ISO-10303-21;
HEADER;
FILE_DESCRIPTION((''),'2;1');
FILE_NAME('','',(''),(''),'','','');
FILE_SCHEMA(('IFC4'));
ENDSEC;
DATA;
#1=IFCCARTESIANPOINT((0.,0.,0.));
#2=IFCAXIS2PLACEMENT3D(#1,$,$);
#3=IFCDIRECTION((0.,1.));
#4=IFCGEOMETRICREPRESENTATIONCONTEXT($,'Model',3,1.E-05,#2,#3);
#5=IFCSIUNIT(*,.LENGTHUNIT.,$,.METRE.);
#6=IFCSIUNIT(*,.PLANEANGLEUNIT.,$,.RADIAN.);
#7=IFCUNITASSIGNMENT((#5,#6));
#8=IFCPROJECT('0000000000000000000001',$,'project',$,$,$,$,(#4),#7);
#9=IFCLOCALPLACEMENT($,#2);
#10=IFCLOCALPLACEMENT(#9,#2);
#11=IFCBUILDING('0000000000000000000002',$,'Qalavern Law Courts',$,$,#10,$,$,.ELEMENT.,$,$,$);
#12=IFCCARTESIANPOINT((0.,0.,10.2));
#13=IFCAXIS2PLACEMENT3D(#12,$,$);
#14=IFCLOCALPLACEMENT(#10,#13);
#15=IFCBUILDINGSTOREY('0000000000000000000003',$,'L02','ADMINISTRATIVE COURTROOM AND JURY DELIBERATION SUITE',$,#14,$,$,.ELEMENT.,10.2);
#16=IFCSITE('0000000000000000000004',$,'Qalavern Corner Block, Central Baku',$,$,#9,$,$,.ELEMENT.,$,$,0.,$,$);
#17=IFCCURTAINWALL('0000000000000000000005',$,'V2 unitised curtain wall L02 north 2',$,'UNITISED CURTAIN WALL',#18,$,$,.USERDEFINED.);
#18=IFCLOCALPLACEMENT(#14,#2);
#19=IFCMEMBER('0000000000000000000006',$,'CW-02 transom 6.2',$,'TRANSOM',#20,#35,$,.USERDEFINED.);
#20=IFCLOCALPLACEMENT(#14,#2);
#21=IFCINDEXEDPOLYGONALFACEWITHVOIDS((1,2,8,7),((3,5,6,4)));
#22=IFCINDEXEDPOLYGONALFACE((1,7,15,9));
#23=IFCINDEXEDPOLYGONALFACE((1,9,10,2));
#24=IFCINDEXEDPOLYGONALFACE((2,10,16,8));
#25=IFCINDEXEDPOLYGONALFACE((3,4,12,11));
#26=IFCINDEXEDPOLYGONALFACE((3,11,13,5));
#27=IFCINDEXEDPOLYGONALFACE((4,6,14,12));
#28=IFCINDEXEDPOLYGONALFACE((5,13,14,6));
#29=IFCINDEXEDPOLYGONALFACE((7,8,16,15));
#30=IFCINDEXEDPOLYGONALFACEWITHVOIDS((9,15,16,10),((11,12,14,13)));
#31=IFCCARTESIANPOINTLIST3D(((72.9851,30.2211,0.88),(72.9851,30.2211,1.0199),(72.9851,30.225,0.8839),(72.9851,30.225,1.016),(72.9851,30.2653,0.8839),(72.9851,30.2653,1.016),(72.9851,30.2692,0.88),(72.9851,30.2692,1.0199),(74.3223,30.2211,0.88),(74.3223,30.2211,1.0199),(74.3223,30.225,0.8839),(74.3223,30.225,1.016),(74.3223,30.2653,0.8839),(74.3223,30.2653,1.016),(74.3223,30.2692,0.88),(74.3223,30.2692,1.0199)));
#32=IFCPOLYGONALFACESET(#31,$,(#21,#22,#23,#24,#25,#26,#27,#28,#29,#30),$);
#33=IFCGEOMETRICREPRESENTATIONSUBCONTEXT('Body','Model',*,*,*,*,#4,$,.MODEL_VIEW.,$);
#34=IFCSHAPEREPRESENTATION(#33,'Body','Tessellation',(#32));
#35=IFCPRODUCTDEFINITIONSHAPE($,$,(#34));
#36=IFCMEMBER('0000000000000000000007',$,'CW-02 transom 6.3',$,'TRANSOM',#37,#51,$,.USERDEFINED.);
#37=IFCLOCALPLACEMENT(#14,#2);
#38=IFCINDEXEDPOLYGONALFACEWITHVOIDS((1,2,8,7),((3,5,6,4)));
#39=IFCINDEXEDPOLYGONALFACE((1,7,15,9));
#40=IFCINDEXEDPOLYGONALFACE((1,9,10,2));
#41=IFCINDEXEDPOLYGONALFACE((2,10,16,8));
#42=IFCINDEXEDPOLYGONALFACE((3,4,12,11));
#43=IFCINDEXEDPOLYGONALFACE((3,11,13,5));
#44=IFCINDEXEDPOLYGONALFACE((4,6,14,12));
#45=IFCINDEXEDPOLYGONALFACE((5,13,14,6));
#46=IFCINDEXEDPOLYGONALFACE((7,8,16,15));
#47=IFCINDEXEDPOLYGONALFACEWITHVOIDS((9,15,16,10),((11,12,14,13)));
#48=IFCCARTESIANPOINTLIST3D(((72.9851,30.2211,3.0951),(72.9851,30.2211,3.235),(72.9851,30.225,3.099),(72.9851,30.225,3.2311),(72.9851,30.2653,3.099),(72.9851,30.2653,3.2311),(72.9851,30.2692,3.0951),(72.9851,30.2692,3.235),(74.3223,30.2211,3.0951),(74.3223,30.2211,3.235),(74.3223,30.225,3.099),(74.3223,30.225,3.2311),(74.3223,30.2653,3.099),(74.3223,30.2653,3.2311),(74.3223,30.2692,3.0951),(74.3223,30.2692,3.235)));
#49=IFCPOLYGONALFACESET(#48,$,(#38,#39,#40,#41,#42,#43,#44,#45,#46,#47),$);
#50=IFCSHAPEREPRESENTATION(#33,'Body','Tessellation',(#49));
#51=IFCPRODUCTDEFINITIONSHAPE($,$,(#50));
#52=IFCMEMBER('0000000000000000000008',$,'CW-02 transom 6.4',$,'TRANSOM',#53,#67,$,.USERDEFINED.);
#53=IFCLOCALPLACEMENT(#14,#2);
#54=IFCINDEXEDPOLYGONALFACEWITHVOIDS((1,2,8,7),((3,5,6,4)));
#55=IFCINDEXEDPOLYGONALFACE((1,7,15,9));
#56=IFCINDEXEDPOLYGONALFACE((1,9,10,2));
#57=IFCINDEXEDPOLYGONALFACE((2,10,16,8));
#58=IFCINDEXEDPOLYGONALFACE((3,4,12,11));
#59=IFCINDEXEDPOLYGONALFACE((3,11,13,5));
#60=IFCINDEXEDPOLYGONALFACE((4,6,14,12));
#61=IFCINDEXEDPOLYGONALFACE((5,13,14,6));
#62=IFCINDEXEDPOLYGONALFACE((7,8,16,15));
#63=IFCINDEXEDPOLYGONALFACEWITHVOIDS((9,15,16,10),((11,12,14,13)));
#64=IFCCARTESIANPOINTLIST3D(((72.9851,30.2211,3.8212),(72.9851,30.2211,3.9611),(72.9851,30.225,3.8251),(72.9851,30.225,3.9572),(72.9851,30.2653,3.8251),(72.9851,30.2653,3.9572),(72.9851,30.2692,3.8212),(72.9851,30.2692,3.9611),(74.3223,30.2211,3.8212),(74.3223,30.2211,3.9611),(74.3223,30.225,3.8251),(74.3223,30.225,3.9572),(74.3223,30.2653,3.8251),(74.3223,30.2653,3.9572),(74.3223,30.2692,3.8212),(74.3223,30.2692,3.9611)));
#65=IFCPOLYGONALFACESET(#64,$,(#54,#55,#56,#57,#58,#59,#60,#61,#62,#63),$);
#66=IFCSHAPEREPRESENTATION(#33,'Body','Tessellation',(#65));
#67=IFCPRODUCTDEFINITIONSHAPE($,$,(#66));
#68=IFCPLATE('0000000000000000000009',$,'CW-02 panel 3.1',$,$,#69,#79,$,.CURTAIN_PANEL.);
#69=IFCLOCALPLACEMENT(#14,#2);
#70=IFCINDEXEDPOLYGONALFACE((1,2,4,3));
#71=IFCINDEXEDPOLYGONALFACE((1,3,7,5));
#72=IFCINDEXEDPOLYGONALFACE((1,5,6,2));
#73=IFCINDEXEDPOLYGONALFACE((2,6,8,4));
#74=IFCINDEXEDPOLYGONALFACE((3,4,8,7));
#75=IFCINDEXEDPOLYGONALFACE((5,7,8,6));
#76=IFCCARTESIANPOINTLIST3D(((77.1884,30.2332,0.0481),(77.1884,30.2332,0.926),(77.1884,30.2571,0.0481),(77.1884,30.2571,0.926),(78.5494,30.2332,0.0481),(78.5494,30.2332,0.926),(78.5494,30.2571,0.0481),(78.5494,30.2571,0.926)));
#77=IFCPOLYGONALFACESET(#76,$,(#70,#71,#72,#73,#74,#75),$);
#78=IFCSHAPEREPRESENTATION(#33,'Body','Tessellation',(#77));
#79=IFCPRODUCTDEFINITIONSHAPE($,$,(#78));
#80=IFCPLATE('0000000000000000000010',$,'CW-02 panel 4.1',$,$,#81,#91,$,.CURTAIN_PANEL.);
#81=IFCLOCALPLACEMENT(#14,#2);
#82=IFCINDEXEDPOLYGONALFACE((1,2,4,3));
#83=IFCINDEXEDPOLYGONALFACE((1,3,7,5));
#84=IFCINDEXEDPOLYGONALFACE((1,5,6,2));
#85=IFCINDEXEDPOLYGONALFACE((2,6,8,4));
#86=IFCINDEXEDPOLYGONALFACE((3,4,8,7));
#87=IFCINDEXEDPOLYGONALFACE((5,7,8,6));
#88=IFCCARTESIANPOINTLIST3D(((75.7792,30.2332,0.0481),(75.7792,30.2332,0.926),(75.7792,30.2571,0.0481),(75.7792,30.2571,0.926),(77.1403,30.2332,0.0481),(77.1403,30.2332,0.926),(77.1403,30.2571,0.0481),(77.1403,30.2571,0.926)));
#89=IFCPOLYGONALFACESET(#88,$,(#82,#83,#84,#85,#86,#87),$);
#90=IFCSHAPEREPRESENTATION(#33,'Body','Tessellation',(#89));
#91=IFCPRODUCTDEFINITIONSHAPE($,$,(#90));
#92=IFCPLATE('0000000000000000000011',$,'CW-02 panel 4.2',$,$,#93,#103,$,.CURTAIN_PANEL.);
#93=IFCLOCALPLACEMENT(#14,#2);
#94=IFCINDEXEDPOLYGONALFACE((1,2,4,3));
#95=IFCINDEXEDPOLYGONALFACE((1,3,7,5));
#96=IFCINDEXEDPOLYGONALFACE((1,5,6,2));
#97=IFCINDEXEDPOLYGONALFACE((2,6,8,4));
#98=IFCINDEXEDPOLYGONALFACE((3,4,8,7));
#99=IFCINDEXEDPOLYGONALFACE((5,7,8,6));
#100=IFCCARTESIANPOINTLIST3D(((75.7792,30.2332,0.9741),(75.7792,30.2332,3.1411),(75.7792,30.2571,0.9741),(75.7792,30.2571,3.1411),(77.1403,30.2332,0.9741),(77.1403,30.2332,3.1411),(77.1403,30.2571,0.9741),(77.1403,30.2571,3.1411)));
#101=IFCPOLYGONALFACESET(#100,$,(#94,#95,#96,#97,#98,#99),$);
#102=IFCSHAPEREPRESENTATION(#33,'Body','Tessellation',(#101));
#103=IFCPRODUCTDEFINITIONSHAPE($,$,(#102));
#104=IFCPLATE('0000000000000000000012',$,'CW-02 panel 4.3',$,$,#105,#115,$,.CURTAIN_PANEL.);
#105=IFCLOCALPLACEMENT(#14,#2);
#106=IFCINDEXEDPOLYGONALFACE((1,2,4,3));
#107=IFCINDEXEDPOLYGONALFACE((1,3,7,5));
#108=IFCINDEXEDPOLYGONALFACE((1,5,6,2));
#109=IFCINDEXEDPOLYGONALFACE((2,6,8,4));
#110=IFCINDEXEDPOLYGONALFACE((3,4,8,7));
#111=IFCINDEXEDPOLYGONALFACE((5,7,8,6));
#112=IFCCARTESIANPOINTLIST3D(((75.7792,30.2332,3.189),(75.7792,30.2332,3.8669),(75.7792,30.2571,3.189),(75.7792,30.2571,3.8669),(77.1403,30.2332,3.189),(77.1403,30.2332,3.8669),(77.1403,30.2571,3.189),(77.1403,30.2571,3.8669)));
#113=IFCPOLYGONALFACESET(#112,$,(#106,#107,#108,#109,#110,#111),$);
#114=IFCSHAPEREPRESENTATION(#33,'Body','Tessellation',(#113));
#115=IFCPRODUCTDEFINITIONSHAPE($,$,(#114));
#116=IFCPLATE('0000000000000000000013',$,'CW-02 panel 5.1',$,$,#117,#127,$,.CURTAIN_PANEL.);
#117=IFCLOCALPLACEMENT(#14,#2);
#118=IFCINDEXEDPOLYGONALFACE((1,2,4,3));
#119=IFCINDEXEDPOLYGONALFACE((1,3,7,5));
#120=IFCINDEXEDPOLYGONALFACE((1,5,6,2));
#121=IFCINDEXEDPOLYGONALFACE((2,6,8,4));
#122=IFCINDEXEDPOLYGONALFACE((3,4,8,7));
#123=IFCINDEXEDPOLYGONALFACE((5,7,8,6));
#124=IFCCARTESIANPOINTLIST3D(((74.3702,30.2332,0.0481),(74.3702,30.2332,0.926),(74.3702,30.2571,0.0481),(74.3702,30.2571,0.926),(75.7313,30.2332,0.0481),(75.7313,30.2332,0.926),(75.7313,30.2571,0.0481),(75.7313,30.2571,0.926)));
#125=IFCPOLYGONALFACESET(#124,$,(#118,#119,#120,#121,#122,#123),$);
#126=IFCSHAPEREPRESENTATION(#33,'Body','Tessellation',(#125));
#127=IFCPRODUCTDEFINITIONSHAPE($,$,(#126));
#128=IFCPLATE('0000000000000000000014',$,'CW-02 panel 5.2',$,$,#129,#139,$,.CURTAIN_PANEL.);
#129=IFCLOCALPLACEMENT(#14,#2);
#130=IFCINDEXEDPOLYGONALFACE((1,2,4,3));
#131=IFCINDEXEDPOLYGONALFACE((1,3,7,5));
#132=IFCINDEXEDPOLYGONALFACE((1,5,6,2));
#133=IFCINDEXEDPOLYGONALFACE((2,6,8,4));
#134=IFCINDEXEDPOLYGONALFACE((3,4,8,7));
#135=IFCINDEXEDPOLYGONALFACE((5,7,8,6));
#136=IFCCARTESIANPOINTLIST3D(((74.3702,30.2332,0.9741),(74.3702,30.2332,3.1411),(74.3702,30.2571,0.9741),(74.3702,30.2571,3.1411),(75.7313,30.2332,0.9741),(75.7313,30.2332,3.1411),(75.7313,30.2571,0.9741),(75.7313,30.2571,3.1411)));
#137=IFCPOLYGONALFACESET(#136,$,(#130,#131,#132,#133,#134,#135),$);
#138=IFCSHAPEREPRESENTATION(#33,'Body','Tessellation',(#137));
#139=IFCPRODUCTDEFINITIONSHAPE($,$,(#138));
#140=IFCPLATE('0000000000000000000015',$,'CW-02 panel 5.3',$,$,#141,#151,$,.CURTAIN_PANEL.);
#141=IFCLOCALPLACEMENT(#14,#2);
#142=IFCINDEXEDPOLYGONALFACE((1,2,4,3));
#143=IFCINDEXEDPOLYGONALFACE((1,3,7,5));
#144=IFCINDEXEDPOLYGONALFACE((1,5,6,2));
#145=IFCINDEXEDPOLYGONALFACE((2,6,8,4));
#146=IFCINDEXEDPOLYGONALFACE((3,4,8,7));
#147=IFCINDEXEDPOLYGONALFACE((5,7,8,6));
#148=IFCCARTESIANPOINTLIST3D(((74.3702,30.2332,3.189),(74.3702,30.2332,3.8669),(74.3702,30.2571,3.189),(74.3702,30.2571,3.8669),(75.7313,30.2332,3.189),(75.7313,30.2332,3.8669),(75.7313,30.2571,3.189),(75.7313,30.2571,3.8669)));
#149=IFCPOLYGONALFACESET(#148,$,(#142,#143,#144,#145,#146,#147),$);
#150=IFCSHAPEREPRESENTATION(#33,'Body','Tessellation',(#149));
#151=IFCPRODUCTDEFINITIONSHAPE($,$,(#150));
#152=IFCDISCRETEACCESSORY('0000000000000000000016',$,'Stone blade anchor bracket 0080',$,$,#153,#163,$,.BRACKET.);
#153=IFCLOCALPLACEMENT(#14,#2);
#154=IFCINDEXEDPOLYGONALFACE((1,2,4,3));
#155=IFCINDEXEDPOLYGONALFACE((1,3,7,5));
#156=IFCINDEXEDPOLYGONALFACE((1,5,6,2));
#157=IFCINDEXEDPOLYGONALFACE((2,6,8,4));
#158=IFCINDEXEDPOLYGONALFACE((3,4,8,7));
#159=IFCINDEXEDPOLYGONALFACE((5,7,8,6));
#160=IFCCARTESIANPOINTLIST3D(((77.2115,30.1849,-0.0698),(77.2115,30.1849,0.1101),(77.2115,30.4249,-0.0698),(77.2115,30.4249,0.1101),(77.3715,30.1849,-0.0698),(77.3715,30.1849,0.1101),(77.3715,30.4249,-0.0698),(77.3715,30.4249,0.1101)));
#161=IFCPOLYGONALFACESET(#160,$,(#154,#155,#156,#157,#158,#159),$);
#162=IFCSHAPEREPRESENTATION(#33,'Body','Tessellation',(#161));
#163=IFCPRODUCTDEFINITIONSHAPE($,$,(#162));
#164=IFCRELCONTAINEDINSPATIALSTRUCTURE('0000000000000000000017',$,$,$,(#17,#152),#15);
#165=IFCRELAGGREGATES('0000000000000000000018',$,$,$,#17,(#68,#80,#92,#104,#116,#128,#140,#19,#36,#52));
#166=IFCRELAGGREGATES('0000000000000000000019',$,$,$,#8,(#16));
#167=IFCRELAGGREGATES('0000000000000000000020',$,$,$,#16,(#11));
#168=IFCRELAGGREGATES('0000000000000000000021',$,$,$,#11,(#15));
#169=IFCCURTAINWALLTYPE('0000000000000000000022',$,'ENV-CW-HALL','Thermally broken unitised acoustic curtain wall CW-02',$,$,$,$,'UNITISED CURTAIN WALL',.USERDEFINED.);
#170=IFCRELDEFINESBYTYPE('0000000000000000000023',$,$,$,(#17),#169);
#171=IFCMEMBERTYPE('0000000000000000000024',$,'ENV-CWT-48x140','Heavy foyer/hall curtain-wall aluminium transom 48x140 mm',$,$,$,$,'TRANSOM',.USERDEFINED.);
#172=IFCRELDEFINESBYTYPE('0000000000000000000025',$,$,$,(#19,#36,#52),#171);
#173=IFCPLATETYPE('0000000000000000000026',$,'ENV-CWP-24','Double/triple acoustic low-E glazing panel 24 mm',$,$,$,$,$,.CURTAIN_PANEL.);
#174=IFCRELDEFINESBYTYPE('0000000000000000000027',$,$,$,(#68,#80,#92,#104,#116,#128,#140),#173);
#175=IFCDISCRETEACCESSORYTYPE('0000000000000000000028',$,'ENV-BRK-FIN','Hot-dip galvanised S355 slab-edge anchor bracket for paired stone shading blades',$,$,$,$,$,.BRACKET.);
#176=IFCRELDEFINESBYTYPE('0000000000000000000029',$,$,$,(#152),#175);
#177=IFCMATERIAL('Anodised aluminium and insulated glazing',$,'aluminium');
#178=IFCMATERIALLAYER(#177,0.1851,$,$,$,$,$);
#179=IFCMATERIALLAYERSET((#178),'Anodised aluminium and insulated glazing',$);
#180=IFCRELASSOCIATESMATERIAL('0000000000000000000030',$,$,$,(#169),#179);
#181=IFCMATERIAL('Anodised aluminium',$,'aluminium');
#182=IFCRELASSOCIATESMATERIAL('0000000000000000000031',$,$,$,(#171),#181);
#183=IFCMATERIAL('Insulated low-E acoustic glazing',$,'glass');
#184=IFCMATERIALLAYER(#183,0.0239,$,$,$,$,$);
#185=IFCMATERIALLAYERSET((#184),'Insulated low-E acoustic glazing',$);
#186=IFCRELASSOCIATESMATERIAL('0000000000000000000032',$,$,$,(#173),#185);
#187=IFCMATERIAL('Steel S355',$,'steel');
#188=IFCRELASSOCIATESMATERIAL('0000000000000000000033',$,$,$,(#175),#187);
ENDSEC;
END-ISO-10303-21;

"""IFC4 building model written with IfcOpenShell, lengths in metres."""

from ifc_helpers import new_model, si_unit, direction, frame, origin, origin_2d, place, context, subcontext, project, spatial, rectangle, hollow_rectangle, extrude, material, layer, layer_set, material_profile, profile_set, type_object, element, aggregate, save


model = new_model("IFC4")

# Units and contexts
model_context = context("Model", 3, precision=1e-05, world=origin(), true_north=direction((0.0, 1.0)))
body_context = subcontext(model_context, "Body", "Model", "MODEL_VIEW")
ifc_project = project(units=[si_unit("LENGTHUNIT", "METRE"), si_unit("PLANEANGLEUNIT", "RADIAN")], contexts=[model_context])

# Site, building, storey
site_placement = place(None, origin())
site = spatial("IfcSite", under=ifc_project, at=site_placement, Name="Qalavern Corner Block, Central Baku", CompositionType="ELEMENT", RefElevation=0.0)
building_placement = place(site_placement, origin())
building = spatial("IfcBuilding", under=site, at=building_placement, Name="Qalavern Law Courts", CompositionType="ELEMENT")
storey_placement = place(building_placement, frame((0.0, 0.0, 10.2)))
storey = spatial("IfcBuildingStorey", under=building, at=storey_placement, Name="L02", Description="ADMINISTRATIVE COURTROOM AND JURY DELIBERATION SUITE", CompositionType="ELEMENT", Elevation=10.2)

# Curtain wall, members, plates
ifc_material_1 = material(Name="Anodised aluminium and insulated glazing", Category="aluminium")
ifc_layer_1 = layer(ifc_material_1, 0.1851)
ifc_layer_set_1 = layer_set([ifc_layer_1], Name="Anodised aluminium and insulated glazing")
curtain_wall_type = type_object("IfcCurtainWallType", Name="ENV-CW-HALL", Description="Thermally broken unitised acoustic curtain wall CW-02", ElementType="UNITISED CURTAIN WALL", PredefinedType="USERDEFINED", material=ifc_layer_set_1)
curtain_wall_placement = place(storey_placement, origin())
curtain_wall = element("IfcCurtainWall", 1, at=curtain_wall_placement, inside=storey, type_object=curtain_wall_type, Name="V2 unitised curtain wall L02 north 2", ObjectType="UNITISED CURTAIN WALL", PredefinedType="USERDEFINED")
ifc_material_2 = material(Name="Anodised aluminium", Category="aluminium")
ifc_material_profile_1 = material_profile(ifc_material_2, hollow_rectangle(XDim=0.0481, YDim=0.1399, WallThickness=0.0039, at=origin_2d()), Name="ALU TRANSOM 48x140")
ifc_profile_set_1 = profile_set([ifc_material_profile_1], Name="Anodised aluminium")
member_type_1 = type_object("IfcMemberType", Name="ENV-CWT-48x140", Description="Heavy foyer/hall curtain-wall aluminium transom 48x140 mm", ElementType="TRANSOM", PredefinedType="USERDEFINED", material=ifc_profile_set_1)
member_1_placement = place(storey_placement, frame((74.3223, 30.2451, 0.95), z_axis=(-1.0, 0.0, 0.0), x_axis=(0.0, -1.0, 0.0)))
member_1 = element("IfcMember", 2, at=member_1_placement, type_object=member_type_1, Name="CW-02 transom 6.2", ObjectType="TRANSOM", PredefinedType="USERDEFINED", context=body_context, shape_type="SweptSolid", body=[
    extrude(hollow_rectangle(XDim=0.0481, YDim=0.1399, WallThickness=0.0039, at=origin_2d()), origin(), (0.0, 0.0, 1.0), 1.3372),
])
member_2_placement = place(storey_placement, frame((74.3223, 30.2451, 3.165), z_axis=(-1.0, 0.0, 0.0), x_axis=(0.0, -1.0, 0.0)))
member_2 = element("IfcMember", 3, at=member_2_placement, type_object=member_type_1, Name="CW-02 transom 6.3", ObjectType="TRANSOM", PredefinedType="USERDEFINED", context=body_context, shape_type="SweptSolid", body=[
    extrude(hollow_rectangle(XDim=0.0481, YDim=0.1399, WallThickness=0.0039, at=origin_2d()), origin(), (0.0, 0.0, 1.0), 1.3372),
])
member_3_placement = place(storey_placement, frame((74.3223, 30.2451, 3.8911), z_axis=(-1.0, 0.0, 0.0), x_axis=(0.0, -1.0, 0.0)))
member_3 = element("IfcMember", 4, at=member_3_placement, type_object=member_type_1, Name="CW-02 transom 6.4", ObjectType="TRANSOM", PredefinedType="USERDEFINED", context=body_context, shape_type="SweptSolid", body=[
    extrude(hollow_rectangle(XDim=0.0481, YDim=0.1399, WallThickness=0.0039, at=origin_2d()), origin(), (0.0, 0.0, 1.0), 1.3372),
])
ifc_material_3 = material(Name="Insulated low-E acoustic glazing", Category="glass")
ifc_layer_2 = layer(ifc_material_3, 0.0239)
ifc_layer_set_2 = layer_set([ifc_layer_2], Name="Insulated low-E acoustic glazing")
plate_type = type_object("IfcPlateType", Name="ENV-CWP-24", Description="Double/triple acoustic low-E glazing panel 24 mm", PredefinedType="CURTAIN_PANEL", material=ifc_layer_set_2)
plate_1_placement = place(storey_placement, frame((77.8689, 30.2451, 0.0481), z_axis=(0.0, 0.0, 1.0), x_axis=(-1.0, 0.0, 0.0)))
plate_1 = element("IfcPlate", 5, at=plate_1_placement, type_object=plate_type, Name="CW-02 panel 3.1", PredefinedType="CURTAIN_PANEL", context=body_context, shape_type="SweptSolid", body=[
    extrude(rectangle(XDim=1.3611, YDim=0.0239, at=origin_2d()), origin(), (0.0, 0.0, 1.0), 0.8779),
])
plate_2_placement = place(storey_placement, frame((76.4597, 30.2451, 0.0481), z_axis=(0.0, 0.0, 1.0), x_axis=(-1.0, 0.0, 0.0)))
plate_2 = element("IfcPlate", 6, at=plate_2_placement, type_object=plate_type, Name="CW-02 panel 4.1", PredefinedType="CURTAIN_PANEL", context=body_context, shape_type="SweptSolid", body=[
    extrude(rectangle(XDim=1.3611, YDim=0.0239, at=origin_2d()), origin(), (0.0, 0.0, 1.0), 0.8779),
])
plate_3_placement = place(storey_placement, frame((76.4597, 30.2451, 0.9741), z_axis=(0.0, 0.0, 1.0), x_axis=(-1.0, 0.0, 0.0)))
plate_3 = element("IfcPlate", 7, at=plate_3_placement, type_object=plate_type, Name="CW-02 panel 4.2", PredefinedType="CURTAIN_PANEL", context=body_context, shape_type="SweptSolid", body=[
    extrude(rectangle(XDim=1.3611, YDim=0.0239, at=origin_2d()), origin(), (0.0, 0.0, 1.0), 2.167),
])
plate_4_placement = place(storey_placement, frame((76.4597, 30.2451, 3.189), z_axis=(0.0, 0.0, 1.0), x_axis=(-1.0, 0.0, 0.0)))
plate_4 = element("IfcPlate", 8, at=plate_4_placement, type_object=plate_type, Name="CW-02 panel 4.3", PredefinedType="CURTAIN_PANEL", context=body_context, shape_type="SweptSolid", body=[
    extrude(rectangle(XDim=1.3611, YDim=0.0239, at=origin_2d()), origin(), (0.0, 0.0, 1.0), 0.678),
])
plate_5_placement = place(storey_placement, frame((75.0508, 30.2451, 0.0481), z_axis=(0.0, 0.0, 1.0), x_axis=(-1.0, 0.0, 0.0)))
plate_5 = element("IfcPlate", 9, at=plate_5_placement, type_object=plate_type, Name="CW-02 panel 5.1", PredefinedType="CURTAIN_PANEL", context=body_context, shape_type="SweptSolid", body=[
    extrude(rectangle(XDim=1.3611, YDim=0.0239, at=origin_2d()), origin(), (0.0, 0.0, 1.0), 0.8779),
])
plate_6_placement = place(storey_placement, frame((75.0508, 30.2451, 0.9741), z_axis=(0.0, 0.0, 1.0), x_axis=(-1.0, 0.0, 0.0)))
plate_6 = element("IfcPlate", 10, at=plate_6_placement, type_object=plate_type, Name="CW-02 panel 5.2", PredefinedType="CURTAIN_PANEL", context=body_context, shape_type="SweptSolid", body=[
    extrude(rectangle(XDim=1.3611, YDim=0.0239, at=origin_2d()), origin(), (0.0, 0.0, 1.0), 2.167),
])
plate_7_placement = place(storey_placement, frame((75.0508, 30.2451, 3.189), z_axis=(0.0, 0.0, 1.0), x_axis=(-1.0, 0.0, 0.0)))
plate_7 = element("IfcPlate", 11, at=plate_7_placement, type_object=plate_type, Name="CW-02 panel 5.3", PredefinedType="CURTAIN_PANEL", context=body_context, shape_type="SweptSolid", body=[
    extrude(rectangle(XDim=1.3611, YDim=0.0239, at=origin_2d()), origin(), (0.0, 0.0, 1.0), 0.678),
])
aggregate(curtain_wall, [plate_1, plate_2, plate_3, plate_4, plate_5, plate_6, plate_7, member_1, member_2, member_3])

# Discrete accessory
ifc_material_4 = material(Name="Steel S355", Category="steel")
discrete_accessory_type = type_object("IfcDiscreteAccessoryType", Name="ENV-BRK-FIN", Description="Hot-dip galvanised S355 slab-edge anchor bracket for paired stone shading blades", PredefinedType="BRACKET", material=ifc_material_4)
discrete_accessory_placement = place(storey_placement, frame((77.2915, 30.3049, -0.0698), z_axis=(0.0, 0.0, 1.0), x_axis=(0.0, 1.0, 0.0)))
element("IfcDiscreteAccessory", 12, at=discrete_accessory_placement, inside=storey, type_object=discrete_accessory_type, Name="Stone blade anchor bracket 0080", PredefinedType="BRACKET", context=body_context, shape_type="SweptSolid", body=[
    extrude(rectangle(XDim=0.24, YDim=0.1599, at=origin_2d()), origin(), (0.0, 0.0, 1.0), 0.1799),
])

save(model, "model.ifc")
